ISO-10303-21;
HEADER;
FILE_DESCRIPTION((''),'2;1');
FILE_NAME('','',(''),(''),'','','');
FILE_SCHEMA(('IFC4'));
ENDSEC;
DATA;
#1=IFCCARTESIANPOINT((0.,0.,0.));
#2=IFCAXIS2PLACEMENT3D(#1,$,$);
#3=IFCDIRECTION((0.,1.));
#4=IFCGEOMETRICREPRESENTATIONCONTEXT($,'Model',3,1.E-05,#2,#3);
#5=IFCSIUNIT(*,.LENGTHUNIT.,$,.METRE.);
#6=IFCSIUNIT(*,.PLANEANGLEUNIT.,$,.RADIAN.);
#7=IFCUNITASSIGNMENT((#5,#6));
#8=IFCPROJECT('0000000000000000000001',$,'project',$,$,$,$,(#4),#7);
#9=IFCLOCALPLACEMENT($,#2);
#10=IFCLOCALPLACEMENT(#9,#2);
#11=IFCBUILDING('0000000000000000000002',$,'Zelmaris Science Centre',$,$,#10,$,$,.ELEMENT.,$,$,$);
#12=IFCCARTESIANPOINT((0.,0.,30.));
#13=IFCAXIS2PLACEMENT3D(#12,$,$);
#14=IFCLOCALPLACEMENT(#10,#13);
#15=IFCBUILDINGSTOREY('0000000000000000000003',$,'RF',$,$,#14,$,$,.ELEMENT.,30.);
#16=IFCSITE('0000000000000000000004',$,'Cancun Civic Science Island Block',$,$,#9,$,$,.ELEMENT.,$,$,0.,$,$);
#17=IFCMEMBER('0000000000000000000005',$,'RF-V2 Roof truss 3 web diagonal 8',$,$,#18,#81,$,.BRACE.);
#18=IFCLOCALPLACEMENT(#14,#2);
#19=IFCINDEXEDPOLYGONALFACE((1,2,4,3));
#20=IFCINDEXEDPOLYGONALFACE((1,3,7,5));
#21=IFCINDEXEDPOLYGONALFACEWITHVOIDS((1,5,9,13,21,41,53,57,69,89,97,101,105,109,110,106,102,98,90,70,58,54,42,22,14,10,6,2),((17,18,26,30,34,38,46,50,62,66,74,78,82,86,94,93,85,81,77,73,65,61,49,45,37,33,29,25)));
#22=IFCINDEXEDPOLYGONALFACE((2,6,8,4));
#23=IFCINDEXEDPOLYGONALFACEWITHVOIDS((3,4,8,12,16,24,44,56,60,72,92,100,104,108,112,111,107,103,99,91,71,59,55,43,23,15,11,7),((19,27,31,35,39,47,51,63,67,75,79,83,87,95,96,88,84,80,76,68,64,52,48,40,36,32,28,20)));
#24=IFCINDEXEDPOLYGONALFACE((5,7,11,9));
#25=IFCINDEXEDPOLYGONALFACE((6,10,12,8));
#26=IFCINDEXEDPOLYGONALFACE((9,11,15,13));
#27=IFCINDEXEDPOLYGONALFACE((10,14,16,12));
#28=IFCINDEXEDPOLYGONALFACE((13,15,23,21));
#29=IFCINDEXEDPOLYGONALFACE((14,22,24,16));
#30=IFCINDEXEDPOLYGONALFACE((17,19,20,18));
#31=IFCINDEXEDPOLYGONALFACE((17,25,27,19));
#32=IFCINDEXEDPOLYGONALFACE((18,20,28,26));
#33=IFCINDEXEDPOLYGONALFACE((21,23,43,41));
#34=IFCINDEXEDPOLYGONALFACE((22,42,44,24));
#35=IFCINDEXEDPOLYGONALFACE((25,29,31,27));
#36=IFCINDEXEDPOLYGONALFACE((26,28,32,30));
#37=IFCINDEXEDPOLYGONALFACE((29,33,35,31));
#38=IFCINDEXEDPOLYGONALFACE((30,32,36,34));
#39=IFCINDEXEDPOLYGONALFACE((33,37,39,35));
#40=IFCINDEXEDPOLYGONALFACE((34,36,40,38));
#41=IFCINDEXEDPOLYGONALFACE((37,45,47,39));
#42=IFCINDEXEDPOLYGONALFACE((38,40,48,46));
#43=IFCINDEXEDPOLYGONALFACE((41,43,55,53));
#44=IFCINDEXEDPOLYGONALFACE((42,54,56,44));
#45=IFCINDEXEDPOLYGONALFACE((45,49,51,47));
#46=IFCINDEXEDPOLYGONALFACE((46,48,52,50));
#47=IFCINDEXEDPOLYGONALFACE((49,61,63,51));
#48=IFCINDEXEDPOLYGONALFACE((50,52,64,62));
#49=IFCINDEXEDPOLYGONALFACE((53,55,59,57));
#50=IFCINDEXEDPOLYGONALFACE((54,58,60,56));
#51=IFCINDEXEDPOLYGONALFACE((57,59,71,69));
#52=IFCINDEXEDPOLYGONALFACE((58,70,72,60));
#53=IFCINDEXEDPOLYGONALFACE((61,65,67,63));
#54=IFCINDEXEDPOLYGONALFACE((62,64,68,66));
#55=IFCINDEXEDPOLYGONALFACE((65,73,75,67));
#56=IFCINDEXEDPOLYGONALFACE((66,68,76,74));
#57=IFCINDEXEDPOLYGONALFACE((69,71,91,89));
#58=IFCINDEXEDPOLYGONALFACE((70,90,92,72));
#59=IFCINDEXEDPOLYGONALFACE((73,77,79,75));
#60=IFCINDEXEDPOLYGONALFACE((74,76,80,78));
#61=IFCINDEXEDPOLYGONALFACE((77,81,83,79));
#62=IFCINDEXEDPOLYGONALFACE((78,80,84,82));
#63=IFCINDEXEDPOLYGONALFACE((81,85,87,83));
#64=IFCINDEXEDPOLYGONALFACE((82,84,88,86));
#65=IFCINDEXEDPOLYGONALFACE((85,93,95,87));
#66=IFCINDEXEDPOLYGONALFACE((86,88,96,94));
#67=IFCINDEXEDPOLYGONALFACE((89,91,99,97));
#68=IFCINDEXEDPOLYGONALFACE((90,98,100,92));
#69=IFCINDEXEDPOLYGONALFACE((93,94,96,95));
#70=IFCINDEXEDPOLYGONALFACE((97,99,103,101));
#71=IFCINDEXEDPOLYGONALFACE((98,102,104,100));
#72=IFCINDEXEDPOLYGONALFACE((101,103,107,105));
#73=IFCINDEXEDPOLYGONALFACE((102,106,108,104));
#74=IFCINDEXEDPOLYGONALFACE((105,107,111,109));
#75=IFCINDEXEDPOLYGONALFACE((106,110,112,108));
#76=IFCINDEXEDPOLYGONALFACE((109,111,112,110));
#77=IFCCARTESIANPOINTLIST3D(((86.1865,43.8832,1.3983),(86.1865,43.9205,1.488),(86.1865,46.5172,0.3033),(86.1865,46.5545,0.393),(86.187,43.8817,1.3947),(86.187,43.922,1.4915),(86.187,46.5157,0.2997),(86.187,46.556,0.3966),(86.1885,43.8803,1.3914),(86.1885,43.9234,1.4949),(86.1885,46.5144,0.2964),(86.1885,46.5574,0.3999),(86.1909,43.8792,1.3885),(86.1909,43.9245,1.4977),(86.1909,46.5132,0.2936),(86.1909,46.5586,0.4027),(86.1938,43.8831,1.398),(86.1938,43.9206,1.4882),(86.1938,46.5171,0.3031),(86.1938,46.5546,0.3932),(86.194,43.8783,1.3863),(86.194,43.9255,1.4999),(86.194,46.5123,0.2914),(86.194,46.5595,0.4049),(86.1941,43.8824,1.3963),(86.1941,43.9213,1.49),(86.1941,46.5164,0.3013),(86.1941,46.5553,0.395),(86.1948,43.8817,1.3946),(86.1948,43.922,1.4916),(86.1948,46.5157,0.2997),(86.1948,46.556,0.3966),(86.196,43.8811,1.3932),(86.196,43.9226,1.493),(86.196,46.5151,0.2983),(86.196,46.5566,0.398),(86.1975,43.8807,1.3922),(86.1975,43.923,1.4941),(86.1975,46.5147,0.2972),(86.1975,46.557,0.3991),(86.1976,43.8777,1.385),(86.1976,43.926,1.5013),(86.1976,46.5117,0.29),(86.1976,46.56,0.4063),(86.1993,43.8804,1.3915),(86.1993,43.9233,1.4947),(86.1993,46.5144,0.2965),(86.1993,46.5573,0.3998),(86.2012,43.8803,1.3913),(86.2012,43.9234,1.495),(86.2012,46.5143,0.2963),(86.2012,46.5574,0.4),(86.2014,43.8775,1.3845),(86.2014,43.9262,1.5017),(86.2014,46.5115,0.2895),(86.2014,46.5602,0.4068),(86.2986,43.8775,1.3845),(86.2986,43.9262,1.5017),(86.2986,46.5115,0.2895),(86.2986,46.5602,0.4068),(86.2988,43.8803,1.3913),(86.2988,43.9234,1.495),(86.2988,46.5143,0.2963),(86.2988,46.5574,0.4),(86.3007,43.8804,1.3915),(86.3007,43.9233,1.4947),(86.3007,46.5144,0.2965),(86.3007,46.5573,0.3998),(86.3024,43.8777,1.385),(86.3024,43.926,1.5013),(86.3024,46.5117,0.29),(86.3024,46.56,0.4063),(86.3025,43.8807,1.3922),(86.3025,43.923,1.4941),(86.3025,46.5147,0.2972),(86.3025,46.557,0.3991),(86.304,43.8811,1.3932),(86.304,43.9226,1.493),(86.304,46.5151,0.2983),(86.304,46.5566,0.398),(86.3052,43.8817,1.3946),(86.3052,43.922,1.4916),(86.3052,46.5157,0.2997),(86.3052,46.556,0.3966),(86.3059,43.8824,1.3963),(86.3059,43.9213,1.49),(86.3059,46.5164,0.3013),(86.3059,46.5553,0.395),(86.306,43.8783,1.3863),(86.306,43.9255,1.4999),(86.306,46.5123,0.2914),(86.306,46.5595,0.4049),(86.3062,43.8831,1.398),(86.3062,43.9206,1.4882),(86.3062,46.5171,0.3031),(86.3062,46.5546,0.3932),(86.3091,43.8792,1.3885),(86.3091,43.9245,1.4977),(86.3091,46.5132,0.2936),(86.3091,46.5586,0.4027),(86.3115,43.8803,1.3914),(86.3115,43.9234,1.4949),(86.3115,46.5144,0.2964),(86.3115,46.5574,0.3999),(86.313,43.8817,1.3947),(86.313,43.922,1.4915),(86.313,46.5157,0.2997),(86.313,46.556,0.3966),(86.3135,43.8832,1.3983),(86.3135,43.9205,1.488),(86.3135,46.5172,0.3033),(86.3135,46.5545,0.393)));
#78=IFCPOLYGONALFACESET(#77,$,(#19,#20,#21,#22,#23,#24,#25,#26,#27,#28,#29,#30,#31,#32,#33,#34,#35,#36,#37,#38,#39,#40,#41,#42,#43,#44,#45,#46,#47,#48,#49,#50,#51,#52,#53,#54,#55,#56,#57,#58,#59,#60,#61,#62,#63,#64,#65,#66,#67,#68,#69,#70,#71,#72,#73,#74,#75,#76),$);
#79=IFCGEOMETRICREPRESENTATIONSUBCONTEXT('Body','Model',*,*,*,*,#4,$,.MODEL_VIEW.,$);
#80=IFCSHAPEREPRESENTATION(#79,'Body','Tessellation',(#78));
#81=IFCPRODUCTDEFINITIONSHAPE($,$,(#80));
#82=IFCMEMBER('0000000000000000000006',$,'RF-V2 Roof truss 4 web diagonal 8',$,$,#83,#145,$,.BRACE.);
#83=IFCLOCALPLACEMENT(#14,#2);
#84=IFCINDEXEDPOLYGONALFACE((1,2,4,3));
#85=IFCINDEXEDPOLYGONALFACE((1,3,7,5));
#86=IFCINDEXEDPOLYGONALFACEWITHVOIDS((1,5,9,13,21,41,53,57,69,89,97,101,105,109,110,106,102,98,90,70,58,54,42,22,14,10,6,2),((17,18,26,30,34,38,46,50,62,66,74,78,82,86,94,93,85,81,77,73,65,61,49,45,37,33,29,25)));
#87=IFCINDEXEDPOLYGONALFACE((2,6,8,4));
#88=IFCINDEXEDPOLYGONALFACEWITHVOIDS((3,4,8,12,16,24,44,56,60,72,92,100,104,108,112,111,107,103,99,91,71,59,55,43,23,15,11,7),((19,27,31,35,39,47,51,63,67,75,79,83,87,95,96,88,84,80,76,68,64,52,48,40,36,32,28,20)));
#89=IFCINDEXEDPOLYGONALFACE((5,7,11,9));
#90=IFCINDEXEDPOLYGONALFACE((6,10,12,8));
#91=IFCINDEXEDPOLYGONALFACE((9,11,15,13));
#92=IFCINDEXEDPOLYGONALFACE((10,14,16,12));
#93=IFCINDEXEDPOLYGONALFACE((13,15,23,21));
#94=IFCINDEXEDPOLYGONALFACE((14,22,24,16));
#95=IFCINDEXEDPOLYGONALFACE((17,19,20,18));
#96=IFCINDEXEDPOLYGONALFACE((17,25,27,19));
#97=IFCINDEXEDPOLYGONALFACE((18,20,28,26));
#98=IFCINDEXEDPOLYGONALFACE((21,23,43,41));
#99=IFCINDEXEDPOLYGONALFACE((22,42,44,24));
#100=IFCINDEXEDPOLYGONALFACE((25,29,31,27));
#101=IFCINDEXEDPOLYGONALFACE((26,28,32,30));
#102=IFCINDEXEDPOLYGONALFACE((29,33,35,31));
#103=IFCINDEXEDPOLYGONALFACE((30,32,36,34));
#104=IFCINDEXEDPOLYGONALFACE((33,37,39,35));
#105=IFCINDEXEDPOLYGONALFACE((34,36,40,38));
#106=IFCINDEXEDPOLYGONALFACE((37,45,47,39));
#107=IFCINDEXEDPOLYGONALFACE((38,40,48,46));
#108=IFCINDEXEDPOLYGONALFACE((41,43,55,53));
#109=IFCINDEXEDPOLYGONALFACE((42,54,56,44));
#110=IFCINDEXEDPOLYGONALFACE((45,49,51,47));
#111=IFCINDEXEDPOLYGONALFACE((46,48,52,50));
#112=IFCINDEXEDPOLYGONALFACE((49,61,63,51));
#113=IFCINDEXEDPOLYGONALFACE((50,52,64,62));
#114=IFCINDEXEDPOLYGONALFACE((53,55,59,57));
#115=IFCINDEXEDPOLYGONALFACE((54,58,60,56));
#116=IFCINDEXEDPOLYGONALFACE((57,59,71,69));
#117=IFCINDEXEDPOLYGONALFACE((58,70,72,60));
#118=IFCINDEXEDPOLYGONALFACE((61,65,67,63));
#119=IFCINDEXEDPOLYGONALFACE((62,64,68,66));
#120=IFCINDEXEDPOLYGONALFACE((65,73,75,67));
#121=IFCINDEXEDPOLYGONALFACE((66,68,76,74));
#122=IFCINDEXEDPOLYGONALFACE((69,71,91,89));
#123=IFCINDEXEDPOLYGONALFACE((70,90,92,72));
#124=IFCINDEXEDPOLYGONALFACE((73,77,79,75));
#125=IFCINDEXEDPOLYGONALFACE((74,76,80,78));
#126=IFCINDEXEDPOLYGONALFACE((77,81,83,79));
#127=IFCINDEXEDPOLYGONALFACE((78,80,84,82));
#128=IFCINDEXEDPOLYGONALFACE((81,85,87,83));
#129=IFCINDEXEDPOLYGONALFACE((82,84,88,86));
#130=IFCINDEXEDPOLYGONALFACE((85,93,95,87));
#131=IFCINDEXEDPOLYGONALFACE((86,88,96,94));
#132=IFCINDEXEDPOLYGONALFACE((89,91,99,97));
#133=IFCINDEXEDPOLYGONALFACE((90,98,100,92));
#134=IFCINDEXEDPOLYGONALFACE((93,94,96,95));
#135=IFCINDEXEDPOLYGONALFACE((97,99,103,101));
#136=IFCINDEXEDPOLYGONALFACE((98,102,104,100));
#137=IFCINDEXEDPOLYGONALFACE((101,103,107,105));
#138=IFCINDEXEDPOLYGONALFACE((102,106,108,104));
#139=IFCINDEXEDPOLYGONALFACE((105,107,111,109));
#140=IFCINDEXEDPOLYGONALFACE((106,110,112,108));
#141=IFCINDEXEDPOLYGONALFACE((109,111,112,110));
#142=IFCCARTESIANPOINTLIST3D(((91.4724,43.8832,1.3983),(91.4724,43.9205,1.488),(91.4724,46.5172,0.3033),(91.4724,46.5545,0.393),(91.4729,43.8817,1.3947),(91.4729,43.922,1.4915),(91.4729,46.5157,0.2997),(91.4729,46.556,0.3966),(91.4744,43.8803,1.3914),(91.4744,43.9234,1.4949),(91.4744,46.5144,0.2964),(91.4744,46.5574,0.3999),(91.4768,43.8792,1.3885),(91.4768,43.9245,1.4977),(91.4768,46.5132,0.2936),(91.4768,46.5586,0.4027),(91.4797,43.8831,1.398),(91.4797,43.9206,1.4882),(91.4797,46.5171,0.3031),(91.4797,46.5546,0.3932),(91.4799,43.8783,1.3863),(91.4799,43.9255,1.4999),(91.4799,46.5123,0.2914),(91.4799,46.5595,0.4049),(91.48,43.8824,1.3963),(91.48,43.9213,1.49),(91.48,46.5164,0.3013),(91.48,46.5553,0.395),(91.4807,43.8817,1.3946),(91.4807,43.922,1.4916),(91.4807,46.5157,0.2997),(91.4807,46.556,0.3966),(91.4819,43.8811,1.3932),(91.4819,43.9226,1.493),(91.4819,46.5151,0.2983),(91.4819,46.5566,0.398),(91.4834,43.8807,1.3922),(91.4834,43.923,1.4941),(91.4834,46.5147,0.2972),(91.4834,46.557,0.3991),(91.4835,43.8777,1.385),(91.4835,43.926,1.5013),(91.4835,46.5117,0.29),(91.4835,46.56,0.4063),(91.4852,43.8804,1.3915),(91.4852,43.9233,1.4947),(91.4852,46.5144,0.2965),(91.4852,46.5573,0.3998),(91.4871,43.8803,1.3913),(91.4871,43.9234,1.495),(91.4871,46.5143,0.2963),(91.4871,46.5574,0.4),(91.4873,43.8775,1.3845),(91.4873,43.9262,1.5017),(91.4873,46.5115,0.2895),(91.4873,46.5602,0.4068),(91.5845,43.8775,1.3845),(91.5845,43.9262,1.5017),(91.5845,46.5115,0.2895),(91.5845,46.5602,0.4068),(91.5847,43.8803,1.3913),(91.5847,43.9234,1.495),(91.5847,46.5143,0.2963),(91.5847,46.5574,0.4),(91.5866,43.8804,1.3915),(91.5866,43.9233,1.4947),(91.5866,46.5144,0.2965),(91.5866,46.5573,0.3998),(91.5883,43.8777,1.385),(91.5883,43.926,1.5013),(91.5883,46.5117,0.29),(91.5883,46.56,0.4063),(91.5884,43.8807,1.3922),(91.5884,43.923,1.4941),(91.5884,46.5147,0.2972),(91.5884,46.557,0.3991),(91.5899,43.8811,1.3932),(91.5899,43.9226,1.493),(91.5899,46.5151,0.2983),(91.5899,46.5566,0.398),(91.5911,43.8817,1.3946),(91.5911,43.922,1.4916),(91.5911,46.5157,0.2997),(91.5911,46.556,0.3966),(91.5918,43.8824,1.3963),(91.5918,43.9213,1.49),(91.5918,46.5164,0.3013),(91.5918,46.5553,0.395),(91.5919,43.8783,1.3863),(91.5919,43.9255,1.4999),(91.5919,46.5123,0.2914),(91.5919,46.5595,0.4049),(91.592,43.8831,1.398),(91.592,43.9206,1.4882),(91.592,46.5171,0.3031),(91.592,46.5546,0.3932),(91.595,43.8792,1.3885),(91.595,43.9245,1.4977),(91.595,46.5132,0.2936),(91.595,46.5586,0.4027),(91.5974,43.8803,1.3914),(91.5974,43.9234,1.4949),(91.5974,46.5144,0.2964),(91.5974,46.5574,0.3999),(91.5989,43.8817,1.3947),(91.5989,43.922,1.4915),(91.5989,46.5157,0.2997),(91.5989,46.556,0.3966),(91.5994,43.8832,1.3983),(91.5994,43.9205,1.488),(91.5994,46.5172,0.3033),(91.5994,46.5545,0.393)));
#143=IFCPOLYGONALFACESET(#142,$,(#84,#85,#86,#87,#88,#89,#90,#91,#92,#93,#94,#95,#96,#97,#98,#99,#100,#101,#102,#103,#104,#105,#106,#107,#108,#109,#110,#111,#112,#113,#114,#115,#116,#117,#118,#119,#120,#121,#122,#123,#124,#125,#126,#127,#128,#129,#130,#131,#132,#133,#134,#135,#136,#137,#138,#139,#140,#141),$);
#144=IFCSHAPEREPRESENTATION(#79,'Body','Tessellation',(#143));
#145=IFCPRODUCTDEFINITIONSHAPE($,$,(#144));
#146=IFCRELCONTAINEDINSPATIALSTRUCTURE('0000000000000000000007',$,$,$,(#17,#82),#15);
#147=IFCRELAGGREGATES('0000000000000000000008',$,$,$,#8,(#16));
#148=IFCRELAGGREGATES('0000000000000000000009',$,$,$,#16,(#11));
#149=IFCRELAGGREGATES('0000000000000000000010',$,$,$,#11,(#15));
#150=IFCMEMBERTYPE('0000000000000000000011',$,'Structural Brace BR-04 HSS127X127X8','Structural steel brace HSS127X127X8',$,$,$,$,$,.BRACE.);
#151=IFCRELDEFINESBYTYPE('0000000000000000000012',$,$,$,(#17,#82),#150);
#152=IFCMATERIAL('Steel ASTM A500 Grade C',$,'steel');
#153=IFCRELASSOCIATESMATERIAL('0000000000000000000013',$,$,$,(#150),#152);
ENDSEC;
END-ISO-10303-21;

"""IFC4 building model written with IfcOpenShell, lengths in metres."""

from ifc_helpers import new_model, si_unit, direction, frame, origin, origin_2d, place, context, subcontext, project, spatial, hollow_rectangle, extrude, material, material_profile, profile_set, type_object, element, save


model = new_model("IFC4")

# Units and contexts
model_context = context("Model", 3, precision=1e-05, world=origin(), true_north=direction((0.0, 1.0)))
body_context = subcontext(model_context, "Body", "Model", "MODEL_VIEW")
ifc_project = project(units=[si_unit("LENGTHUNIT", "METRE"), si_unit("PLANEANGLEUNIT", "RADIAN")], contexts=[model_context])

# Site, building, storey
site_placement = place(None, origin())
site = spatial("IfcSite", under=ifc_project, at=site_placement, Name="Cancun Civic Science Island Block", CompositionType="ELEMENT", RefElevation=0.0)
building_placement = place(site_placement, origin())
building = spatial("IfcBuilding", under=site, at=building_placement, Name="Zelmaris Science Centre", CompositionType="ELEMENT")
storey_placement = place(building_placement, frame((0.0, 0.0, 30.0)))
storey = spatial("IfcBuildingStorey", under=building, at=storey_placement, Name="RF", CompositionType="ELEMENT", Elevation=30.0)

# Shared definitions
ifc_material = material(Name="Steel ASTM A500 Grade C", Category="steel")

# Members
ifc_material_profile_1 = material_profile(ifc_material, hollow_rectangle(XDim=0.127, YDim=0.127, WallThickness=0.0073, InnerFilletRadius=0.0073, OuterFilletRadius=0.0149, at=origin_2d()), Name="HSS127X127X8")
ifc_profile_set_1 = profile_set([ifc_material_profile_1], Name="Steel ASTM A500 Grade C")
member_type_1 = type_object("IfcMemberType", Name="Structural Brace BR-04 HSS127X127X8", Description="Structural steel brace HSS127X127X8", PredefinedType="BRACE", material=ifc_profile_set_1)
for number, where, z_axis, x_axis, name in (
    (1, (86.25, 43.9019, 1.4431), (0.0, 0.923393, -0.383856), (-1.0, 0.0, 0.0), "RF-V2 Roof truss 3 web diagonal 8"),
    (2, (91.5359, 43.9019, 1.4431), (0.0, 0.923393, -0.383856), (-1.0, 0.0, 0.0), "RF-V2 Roof truss 4 web diagonal 8"),
):
    element("IfcMember", number, at=place(storey_placement, frame(where, z_axis=z_axis, x_axis=x_axis)), inside=storey, type_object=member_type_1, Name=name, PredefinedType="BRACE", context=body_context, shape_type="SweptSolid", body=[
        extrude(hollow_rectangle(XDim=0.127, YDim=0.127, WallThickness=0.0073, InnerFilletRadius=0.0073, OuterFilletRadius=0.0149, at=origin_2d()), origin(), (0.0, 0.0, 1.0), 2.8525),
    ])

save(model, "model.ifc")
